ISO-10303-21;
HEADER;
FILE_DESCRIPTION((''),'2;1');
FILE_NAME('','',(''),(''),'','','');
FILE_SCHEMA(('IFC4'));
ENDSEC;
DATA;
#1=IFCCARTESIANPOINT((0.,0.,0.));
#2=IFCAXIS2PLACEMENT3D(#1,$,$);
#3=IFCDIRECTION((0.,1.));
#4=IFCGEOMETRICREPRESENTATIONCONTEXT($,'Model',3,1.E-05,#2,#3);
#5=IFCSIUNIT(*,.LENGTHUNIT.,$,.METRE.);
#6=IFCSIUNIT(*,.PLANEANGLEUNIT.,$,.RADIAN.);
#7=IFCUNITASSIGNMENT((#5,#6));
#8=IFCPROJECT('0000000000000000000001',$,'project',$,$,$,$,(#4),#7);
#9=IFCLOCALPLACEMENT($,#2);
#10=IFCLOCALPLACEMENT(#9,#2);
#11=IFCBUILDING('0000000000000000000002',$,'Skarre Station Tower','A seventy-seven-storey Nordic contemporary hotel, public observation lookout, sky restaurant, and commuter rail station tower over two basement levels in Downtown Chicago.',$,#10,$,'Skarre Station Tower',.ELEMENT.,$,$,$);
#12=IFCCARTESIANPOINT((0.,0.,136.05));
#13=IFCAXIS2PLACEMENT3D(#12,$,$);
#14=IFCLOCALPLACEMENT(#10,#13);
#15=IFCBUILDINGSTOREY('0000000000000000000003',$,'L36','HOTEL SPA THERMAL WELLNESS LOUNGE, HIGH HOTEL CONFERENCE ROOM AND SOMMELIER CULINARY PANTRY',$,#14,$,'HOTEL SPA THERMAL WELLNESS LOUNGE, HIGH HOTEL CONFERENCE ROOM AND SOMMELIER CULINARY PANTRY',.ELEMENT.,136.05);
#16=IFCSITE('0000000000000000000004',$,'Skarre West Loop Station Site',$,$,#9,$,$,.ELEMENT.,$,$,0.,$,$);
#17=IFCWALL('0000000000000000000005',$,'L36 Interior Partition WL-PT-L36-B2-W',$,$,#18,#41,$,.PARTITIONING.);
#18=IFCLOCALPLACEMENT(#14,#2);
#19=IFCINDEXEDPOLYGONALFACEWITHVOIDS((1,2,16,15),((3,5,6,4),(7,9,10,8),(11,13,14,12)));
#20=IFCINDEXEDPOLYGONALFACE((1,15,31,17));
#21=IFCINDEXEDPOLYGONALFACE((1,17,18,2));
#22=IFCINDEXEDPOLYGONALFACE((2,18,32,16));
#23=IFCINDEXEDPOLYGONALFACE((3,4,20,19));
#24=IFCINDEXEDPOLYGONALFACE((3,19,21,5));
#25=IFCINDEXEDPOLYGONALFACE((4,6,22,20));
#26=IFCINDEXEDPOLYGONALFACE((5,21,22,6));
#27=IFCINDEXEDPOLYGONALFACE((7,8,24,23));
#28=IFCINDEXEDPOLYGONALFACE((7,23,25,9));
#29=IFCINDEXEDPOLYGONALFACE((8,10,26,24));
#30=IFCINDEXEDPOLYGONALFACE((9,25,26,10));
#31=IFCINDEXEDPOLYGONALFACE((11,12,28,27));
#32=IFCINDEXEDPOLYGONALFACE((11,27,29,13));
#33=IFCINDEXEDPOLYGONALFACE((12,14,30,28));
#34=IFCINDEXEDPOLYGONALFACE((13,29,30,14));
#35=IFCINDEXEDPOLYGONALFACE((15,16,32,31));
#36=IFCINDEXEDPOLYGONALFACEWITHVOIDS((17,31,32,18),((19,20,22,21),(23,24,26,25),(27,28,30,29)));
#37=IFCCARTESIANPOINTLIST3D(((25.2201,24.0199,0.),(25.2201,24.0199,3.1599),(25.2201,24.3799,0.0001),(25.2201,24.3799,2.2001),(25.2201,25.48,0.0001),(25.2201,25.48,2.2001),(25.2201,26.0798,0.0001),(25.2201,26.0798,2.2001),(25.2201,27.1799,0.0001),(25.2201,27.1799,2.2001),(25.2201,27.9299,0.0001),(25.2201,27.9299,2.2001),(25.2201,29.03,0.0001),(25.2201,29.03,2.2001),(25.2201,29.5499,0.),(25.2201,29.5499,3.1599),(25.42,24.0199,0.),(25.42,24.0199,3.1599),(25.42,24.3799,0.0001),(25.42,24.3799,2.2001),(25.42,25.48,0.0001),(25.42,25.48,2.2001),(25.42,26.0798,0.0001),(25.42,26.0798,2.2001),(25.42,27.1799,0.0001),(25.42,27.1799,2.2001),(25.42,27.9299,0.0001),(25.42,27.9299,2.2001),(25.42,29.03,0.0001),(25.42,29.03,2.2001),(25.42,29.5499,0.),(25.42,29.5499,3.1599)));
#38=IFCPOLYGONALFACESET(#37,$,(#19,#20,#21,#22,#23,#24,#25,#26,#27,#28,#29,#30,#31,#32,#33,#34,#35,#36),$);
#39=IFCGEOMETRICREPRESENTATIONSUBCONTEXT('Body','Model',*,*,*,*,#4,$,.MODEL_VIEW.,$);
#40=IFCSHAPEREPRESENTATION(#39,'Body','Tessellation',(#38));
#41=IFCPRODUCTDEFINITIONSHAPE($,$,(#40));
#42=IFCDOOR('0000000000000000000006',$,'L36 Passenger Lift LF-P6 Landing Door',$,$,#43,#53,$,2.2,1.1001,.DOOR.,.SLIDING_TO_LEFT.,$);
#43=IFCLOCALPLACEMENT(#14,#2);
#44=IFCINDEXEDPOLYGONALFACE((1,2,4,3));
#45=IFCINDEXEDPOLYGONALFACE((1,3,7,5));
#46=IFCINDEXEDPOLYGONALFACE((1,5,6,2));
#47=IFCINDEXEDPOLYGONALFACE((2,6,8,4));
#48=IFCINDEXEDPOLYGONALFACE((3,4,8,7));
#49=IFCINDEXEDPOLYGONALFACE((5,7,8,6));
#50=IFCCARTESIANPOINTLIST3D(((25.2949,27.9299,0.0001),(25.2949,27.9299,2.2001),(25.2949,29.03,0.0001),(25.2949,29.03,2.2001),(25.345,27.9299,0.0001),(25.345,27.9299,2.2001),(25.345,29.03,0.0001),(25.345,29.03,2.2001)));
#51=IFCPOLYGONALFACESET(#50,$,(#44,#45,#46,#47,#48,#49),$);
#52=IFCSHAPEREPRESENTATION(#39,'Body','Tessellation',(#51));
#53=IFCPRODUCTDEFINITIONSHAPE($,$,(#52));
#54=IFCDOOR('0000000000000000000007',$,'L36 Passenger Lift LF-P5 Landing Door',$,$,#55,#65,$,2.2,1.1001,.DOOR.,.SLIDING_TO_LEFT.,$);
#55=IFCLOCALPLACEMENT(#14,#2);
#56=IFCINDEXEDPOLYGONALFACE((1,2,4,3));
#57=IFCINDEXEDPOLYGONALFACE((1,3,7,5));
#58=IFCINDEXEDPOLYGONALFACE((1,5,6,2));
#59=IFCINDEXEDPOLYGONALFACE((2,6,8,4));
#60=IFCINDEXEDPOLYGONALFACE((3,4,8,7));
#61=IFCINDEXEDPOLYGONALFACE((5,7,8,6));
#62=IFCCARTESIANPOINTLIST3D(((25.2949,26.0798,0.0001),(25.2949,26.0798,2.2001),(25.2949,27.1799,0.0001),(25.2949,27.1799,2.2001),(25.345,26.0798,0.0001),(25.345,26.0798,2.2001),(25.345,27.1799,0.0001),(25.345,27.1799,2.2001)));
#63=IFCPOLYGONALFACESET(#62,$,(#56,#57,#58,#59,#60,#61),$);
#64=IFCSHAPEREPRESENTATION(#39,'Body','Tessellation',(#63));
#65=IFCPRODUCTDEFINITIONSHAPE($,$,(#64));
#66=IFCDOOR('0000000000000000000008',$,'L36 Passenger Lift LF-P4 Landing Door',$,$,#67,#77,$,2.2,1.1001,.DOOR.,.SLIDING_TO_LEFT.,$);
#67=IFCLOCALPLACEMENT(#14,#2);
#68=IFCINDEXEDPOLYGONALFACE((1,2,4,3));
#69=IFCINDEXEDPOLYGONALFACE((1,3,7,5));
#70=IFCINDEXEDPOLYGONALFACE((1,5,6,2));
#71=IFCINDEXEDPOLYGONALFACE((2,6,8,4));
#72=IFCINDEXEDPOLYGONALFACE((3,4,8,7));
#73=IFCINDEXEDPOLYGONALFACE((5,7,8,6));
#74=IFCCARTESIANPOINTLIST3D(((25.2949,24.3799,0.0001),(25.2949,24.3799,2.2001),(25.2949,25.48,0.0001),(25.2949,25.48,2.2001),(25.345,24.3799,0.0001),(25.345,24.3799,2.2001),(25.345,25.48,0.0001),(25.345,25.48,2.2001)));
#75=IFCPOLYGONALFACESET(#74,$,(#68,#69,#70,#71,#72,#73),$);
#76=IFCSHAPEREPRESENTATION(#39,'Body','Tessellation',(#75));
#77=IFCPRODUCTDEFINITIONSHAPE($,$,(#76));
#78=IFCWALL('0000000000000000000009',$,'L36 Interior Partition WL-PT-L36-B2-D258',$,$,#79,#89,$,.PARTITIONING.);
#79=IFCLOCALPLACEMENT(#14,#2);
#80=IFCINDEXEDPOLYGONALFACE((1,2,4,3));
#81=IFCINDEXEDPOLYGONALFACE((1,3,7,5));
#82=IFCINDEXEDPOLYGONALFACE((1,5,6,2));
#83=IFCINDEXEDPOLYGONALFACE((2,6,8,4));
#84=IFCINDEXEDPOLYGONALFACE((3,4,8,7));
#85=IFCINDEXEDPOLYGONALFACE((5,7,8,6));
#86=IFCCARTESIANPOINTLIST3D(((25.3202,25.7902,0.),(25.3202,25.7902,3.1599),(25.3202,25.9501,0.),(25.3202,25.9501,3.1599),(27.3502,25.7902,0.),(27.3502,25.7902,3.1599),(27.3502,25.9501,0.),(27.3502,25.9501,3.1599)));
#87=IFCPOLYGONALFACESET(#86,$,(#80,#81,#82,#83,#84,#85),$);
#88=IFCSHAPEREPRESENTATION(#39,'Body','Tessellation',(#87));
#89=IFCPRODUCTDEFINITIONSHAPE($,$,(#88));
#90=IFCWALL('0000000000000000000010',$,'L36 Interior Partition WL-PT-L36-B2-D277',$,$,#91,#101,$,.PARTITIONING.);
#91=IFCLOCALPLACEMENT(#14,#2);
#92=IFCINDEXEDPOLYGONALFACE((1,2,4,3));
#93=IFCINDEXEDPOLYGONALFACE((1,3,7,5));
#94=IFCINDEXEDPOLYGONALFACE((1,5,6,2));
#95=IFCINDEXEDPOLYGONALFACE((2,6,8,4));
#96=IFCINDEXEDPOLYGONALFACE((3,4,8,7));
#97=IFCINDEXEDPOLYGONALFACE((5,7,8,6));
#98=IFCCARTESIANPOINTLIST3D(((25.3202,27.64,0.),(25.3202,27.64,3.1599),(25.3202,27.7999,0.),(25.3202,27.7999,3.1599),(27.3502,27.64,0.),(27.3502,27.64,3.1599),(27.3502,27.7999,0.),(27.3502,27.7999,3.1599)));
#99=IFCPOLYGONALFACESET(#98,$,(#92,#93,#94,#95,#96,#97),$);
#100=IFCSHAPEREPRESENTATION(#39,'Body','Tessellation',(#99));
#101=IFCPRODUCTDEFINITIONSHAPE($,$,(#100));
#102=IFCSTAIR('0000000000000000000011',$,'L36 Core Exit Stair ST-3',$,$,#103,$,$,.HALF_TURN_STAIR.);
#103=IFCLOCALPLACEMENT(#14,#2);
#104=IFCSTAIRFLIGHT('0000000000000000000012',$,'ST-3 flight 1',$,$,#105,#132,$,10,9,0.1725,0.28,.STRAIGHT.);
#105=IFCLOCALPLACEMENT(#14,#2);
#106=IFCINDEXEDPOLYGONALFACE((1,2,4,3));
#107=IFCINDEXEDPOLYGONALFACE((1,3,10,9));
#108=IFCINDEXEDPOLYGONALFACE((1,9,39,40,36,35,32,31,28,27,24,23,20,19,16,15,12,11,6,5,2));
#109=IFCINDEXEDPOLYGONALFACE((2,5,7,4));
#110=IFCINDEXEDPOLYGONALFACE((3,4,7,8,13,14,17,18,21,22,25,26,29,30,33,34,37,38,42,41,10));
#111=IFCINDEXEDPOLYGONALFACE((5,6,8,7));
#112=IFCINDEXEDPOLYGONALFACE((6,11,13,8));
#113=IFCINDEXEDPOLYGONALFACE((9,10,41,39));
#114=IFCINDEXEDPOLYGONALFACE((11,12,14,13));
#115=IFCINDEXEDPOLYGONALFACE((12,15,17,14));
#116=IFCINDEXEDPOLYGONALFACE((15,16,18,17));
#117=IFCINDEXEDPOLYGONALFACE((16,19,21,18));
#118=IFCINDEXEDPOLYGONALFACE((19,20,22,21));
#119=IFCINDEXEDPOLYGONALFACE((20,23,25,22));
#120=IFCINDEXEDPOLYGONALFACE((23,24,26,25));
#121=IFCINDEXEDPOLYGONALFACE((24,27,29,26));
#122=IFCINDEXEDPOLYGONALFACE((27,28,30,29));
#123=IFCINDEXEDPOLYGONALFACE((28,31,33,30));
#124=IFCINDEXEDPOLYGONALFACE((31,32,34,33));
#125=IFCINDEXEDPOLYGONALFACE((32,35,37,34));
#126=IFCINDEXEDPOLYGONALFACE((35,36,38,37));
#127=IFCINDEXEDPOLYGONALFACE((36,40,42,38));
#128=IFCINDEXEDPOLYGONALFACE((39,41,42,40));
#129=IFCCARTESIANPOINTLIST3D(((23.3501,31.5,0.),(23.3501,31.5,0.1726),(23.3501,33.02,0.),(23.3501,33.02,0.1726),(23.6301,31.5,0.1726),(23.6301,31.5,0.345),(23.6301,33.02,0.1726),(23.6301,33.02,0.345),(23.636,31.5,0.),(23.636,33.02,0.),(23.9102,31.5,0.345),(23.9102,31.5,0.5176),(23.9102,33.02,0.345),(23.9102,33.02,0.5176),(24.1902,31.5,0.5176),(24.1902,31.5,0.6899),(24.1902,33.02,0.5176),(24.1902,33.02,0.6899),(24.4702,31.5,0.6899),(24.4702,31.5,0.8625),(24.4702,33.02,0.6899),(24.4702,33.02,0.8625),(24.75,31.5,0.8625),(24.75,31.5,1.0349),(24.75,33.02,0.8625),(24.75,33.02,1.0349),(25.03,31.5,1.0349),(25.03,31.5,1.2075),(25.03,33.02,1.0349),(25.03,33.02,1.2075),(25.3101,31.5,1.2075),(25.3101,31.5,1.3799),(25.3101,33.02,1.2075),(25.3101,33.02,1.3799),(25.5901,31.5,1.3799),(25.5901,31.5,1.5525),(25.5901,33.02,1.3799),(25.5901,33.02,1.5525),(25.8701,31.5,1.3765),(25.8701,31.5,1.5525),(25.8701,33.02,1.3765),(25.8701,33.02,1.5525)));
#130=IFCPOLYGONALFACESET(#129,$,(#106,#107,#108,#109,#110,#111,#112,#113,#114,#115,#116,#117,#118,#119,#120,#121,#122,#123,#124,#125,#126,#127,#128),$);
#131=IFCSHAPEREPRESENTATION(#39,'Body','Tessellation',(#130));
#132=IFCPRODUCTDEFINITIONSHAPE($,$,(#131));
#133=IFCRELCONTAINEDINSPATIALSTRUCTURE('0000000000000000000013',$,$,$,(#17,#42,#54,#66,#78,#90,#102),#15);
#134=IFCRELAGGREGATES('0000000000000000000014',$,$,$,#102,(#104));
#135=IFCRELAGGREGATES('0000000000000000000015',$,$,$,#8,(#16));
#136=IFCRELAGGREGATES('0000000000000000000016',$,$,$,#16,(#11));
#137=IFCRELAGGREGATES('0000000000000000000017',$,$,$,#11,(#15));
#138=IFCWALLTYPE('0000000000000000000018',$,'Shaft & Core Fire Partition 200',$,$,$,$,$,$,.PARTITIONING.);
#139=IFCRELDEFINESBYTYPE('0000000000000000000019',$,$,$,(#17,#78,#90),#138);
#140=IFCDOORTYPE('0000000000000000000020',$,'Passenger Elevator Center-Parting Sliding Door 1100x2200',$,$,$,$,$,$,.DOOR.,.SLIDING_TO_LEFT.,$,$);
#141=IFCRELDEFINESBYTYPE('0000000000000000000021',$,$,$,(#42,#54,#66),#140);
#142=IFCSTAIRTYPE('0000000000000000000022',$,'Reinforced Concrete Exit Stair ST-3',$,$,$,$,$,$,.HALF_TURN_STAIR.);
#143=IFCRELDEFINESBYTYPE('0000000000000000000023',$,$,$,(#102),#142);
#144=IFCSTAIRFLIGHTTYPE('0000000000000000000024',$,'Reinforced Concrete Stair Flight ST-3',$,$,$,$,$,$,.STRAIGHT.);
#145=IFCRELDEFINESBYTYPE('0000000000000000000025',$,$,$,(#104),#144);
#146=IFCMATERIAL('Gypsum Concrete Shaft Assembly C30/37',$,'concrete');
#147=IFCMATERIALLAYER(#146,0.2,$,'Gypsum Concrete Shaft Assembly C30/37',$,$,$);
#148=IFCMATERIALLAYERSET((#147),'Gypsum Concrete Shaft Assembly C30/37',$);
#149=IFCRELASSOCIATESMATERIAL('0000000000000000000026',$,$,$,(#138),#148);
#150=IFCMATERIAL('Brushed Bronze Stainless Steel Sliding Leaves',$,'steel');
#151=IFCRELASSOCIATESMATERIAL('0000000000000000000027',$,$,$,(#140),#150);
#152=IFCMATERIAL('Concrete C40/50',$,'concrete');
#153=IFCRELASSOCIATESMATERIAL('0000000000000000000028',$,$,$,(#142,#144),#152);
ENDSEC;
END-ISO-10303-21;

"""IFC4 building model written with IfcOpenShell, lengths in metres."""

from ifc_helpers import new_model, si_unit, direction, frame, frame_2d, origin, place, context, subcontext, project, spatial, polyline, rectangle, outline, extrude, material, layer, layer_set, type_object, element, fill, aggregate, save


model = new_model("IFC4")

# Units and contexts
model_context = context("Model", 3, precision=1e-05, world=origin(), true_north=direction((0.0, 1.0)))
body_context = subcontext(model_context, "Body", "Model", "MODEL_VIEW")
ifc_project = project(units=[si_unit("LENGTHUNIT", "METRE"), si_unit("PLANEANGLEUNIT", "RADIAN")], contexts=[model_context])

# Site, building, storey
site_placement = place(None, origin())
site = spatial("IfcSite", under=ifc_project, at=site_placement, Name="Skarre West Loop Station Site", CompositionType="ELEMENT", RefElevation=0.0)
building_placement = place(site_placement, origin())
building = spatial("IfcBuilding", under=site, at=building_placement, Name="Skarre Station Tower", Description="A seventy-seven-storey Nordic contemporary hotel, public observation lookout, sky restaurant, and commuter rail station tower over two basement levels in Downtown Chicago.", LongName="Skarre Station Tower", CompositionType="ELEMENT")
storey_placement = place(building_placement, frame((0.0, 0.0, 136.05)))
storey = spatial("IfcBuildingStorey", under=building, at=storey_placement, Name="L36", Description="HOTEL SPA THERMAL WELLNESS LOUNGE, HIGH HOTEL CONFERENCE ROOM AND SOMMELIER CULINARY PANTRY", LongName="HOTEL SPA THERMAL WELLNESS LOUNGE, HIGH HOTEL CONFERENCE ROOM AND SOMMELIER CULINARY PANTRY", CompositionType="ELEMENT", Elevation=136.05)

# Shared definitions
ifc_material_1 = material(Name="Gypsum Concrete Shaft Assembly C30/37", Category="concrete")
ifc_layer_1 = layer(ifc_material_1, 0.2, Name="Gypsum Concrete Shaft Assembly C30/37")
ifc_layer_set_1 = layer_set([ifc_layer_1], Name="Gypsum Concrete Shaft Assembly C30/37")
wall_type_1 = type_object("IfcWallType", Name="Shaft & Core Fire Partition 200", PredefinedType="PARTITIONING", material=ifc_layer_set_1)

# Wall, openings, doors
wall_1_placement = place(storey_placement, frame((25.3201, 29.55, 0.0), z_axis=(0.0, 0.0, 1.0), x_axis=(0.0, -1.0, 0.0)))
wall_1 = element("IfcWall", 1, at=wall_1_placement, inside=storey, type_object=wall_type_1, Name="L36 Interior Partition WL-PT-L36-B2-W", PredefinedType="PARTITIONING", context=body_context, shape_type="SweptSolid", body=[
    extrude(rectangle(XDim=5.53, YDim=0.2, at=frame_2d((2.7651, 0.0))), origin(), (0.0, 0.0, 1.0), 3.1599),
])
opening_1_placement = place(wall_1_placement, frame((0.52, 0.0, 0.0)))
opening_1 = element("IfcOpeningElement", 2, at=opening_1_placement, cuts=wall_1, PredefinedType="OPENING", context=body_context, shape_type="SweptSolid", body=[
    extrude(rectangle(XDim=1.1001, YDim=2.2, at=frame_2d((0.55, 1.1001))), frame((0.0, 0.1099, 0.0), z_axis=(0.0, -1.0, 0.0), x_axis=(1.0, 0.0, 0.0)), (0.0, 0.0, 1.0), 0.22),
])
opening_2_placement = place(wall_1_placement, frame((2.3701, 0.0, 0.0)))
opening_2 = element("IfcOpeningElement", 3, at=opening_2_placement, cuts=wall_1, PredefinedType="OPENING", context=body_context, shape_type="SweptSolid", body=[
    extrude(rectangle(XDim=1.1001, YDim=2.2, at=frame_2d((0.55, 1.1001))), frame((0.0, 0.1099, 0.0), z_axis=(0.0, -1.0, 0.0), x_axis=(1.0, 0.0, 0.0)), (0.0, 0.0, 1.0), 0.22),
])
opening_3_placement = place(wall_1_placement, frame((4.0701, 0.0, 0.0)))
opening_3 = element("IfcOpeningElement", 4, at=opening_3_placement, cuts=wall_1, PredefinedType="OPENING", context=body_context, shape_type="SweptSolid", body=[
    extrude(rectangle(XDim=1.1001, YDim=2.2, at=frame_2d((0.55, 1.1001))), frame((0.0, 0.1099, 0.0), z_axis=(0.0, -1.0, 0.0), x_axis=(1.0, 0.0, 0.0)), (0.0, 0.0, 1.0), 0.22),
])
ifc_material_2 = material(Name="Brushed Bronze Stainless Steel Sliding Leaves", Category="steel")
door_type_1 = type_object("IfcDoorType", Name="Passenger Elevator Center-Parting Sliding Door 1100x2200", OperationType="SLIDING_TO_LEFT", PredefinedType="DOOR", material=ifc_material_2)
door_1_placement = place(opening_1_placement, origin())
door_1 = element("IfcDoor", 5, at=door_1_placement, inside=storey, type_object=door_type_1, Name="L36 Passenger Lift LF-P6 Landing Door", OperationType="SLIDING_TO_LEFT", OverallHeight=2.2, OverallWidth=1.1001, PredefinedType="DOOR", context=body_context, shape_type="SweptSolid", body=[
    extrude(rectangle(XDim=1.1001, YDim=2.2, at=frame_2d((0.55, 1.1001))), frame((0.0, 0.0249, 0.0), z_axis=(0.0, -1.0, 0.0), x_axis=(1.0, 0.0, 0.0)), (0.0, 0.0, 1.0), 0.05),
])
fill(opening_1, door_1)
door_2_placement = place(opening_2_placement, origin())
door_2 = element("IfcDoor", 6, at=door_2_placement, inside=storey, type_object=door_type_1, Name="L36 Passenger Lift LF-P5 Landing Door", OperationType="SLIDING_TO_LEFT", OverallHeight=2.2, OverallWidth=1.1001, PredefinedType="DOOR", context=body_context, shape_type="SweptSolid", body=[
    extrude(rectangle(XDim=1.1001, YDim=2.2, at=frame_2d((0.55, 1.1001))), frame((0.0, 0.0249, 0.0), z_axis=(0.0, -1.0, 0.0), x_axis=(1.0, 0.0, 0.0)), (0.0, 0.0, 1.0), 0.05),
])
fill(opening_2, door_2)
door_3_placement = place(opening_3_placement, origin())
door_3 = element("IfcDoor", 7, at=door_3_placement, inside=storey, type_object=door_type_1, Name="L36 Passenger Lift LF-P4 Landing Door", OperationType="SLIDING_TO_LEFT", OverallHeight=2.2, OverallWidth=1.1001, PredefinedType="DOOR", context=body_context, shape_type="SweptSolid", body=[
    extrude(rectangle(XDim=1.1001, YDim=2.2, at=frame_2d((0.55, 1.1001))), frame((0.0, 0.0249, 0.0), z_axis=(0.0, -1.0, 0.0), x_axis=(1.0, 0.0, 0.0)), (0.0, 0.0, 1.0), 0.05),
])
fill(opening_3, door_3)

# Walls
for number, where, z_axis, x_axis, name in (
    (8, (25.3201, 25.8701, 0.0), (0.0, 0.0, 1.0), (1.0, 0.0, 0.0), "L36 Interior Partition WL-PT-L36-B2-D258"),
    (9, (25.3201, 27.72, 0.0), (0.0, 0.0, 1.0), (1.0, 0.0, 0.0), "L36 Interior Partition WL-PT-L36-B2-D277"),
):
    element("IfcWall", number, at=place(storey_placement, frame(where, z_axis=z_axis, x_axis=x_axis)), inside=storey, type_object=wall_type_1, Name=name, PredefinedType="PARTITIONING", context=body_context, shape_type="SweptSolid", body=[
        extrude(rectangle(XDim=2.03, YDim=0.1599, at=frame_2d((1.0151, 0.0))), origin(), (0.0, 0.0, 1.0), 3.1599),
    ])

# Stair, stair flight
ifc_material_3 = material(Name="Concrete C40/50", Category="concrete")
stair_type = type_object("IfcStairType", Name="Reinforced Concrete Exit Stair ST-3", PredefinedType="HALF_TURN_STAIR", material=ifc_material_3)
stair_placement = place(storey_placement, origin())
stair = element("IfcStair", 10, at=stair_placement, inside=storey, type_object=stair_type, Name="L36 Core Exit Stair ST-3", PredefinedType="HALF_TURN_STAIR")
stair_flight_type = type_object("IfcStairFlightType", Name="Reinforced Concrete Stair Flight ST-3", PredefinedType="STRAIGHT", material=ifc_material_3)
stair_flight_placement = place(storey_placement, frame((23.3501, 32.26, 0.0), z_axis=(0.0, 0.0, 1.0), x_axis=(1.0, 0.0, 0.0)))
stair_flight = element("IfcStairFlight", 11, at=stair_flight_placement, type_object=stair_flight_type, Name="ST-3 flight 1", NumberOfRisers=10, NumberOfTreads=9, PredefinedType="STRAIGHT", RiserHeight=0.1725, TreadLength=0.28, context=body_context, shape_type="SweptSolid", body=[
    extrude(outline(polyline([(0.0, 0.0), (0.0, 0.1726), (0.28, 0.1726), (0.28, 0.345), (0.5601, 0.345), (0.5601, 0.5176), (0.8401, 0.5176), (0.8401, 0.6899), (1.1201, 0.6899), (1.1201, 0.8625), (1.3999, 0.8625), (1.3999, 1.0349), (1.6799, 1.0349), (1.6799, 1.2075), (1.96, 1.2075), (1.96, 1.3799), (2.24, 1.3799), (2.24, 1.5525), (2.52, 1.5525), (2.52, 1.7251), (2.52, 1.3765), (0.2859, 0.0), (0.0, 0.0)])), frame((0.0, 0.76, 0.0), z_axis=(0.0, -1.0, 0.0), x_axis=(1.0, 0.0, 0.0)), (0.0, 0.0, 1.0), 1.52),
])
aggregate(stair, [stair_flight])

save(model, "model.ifc")
